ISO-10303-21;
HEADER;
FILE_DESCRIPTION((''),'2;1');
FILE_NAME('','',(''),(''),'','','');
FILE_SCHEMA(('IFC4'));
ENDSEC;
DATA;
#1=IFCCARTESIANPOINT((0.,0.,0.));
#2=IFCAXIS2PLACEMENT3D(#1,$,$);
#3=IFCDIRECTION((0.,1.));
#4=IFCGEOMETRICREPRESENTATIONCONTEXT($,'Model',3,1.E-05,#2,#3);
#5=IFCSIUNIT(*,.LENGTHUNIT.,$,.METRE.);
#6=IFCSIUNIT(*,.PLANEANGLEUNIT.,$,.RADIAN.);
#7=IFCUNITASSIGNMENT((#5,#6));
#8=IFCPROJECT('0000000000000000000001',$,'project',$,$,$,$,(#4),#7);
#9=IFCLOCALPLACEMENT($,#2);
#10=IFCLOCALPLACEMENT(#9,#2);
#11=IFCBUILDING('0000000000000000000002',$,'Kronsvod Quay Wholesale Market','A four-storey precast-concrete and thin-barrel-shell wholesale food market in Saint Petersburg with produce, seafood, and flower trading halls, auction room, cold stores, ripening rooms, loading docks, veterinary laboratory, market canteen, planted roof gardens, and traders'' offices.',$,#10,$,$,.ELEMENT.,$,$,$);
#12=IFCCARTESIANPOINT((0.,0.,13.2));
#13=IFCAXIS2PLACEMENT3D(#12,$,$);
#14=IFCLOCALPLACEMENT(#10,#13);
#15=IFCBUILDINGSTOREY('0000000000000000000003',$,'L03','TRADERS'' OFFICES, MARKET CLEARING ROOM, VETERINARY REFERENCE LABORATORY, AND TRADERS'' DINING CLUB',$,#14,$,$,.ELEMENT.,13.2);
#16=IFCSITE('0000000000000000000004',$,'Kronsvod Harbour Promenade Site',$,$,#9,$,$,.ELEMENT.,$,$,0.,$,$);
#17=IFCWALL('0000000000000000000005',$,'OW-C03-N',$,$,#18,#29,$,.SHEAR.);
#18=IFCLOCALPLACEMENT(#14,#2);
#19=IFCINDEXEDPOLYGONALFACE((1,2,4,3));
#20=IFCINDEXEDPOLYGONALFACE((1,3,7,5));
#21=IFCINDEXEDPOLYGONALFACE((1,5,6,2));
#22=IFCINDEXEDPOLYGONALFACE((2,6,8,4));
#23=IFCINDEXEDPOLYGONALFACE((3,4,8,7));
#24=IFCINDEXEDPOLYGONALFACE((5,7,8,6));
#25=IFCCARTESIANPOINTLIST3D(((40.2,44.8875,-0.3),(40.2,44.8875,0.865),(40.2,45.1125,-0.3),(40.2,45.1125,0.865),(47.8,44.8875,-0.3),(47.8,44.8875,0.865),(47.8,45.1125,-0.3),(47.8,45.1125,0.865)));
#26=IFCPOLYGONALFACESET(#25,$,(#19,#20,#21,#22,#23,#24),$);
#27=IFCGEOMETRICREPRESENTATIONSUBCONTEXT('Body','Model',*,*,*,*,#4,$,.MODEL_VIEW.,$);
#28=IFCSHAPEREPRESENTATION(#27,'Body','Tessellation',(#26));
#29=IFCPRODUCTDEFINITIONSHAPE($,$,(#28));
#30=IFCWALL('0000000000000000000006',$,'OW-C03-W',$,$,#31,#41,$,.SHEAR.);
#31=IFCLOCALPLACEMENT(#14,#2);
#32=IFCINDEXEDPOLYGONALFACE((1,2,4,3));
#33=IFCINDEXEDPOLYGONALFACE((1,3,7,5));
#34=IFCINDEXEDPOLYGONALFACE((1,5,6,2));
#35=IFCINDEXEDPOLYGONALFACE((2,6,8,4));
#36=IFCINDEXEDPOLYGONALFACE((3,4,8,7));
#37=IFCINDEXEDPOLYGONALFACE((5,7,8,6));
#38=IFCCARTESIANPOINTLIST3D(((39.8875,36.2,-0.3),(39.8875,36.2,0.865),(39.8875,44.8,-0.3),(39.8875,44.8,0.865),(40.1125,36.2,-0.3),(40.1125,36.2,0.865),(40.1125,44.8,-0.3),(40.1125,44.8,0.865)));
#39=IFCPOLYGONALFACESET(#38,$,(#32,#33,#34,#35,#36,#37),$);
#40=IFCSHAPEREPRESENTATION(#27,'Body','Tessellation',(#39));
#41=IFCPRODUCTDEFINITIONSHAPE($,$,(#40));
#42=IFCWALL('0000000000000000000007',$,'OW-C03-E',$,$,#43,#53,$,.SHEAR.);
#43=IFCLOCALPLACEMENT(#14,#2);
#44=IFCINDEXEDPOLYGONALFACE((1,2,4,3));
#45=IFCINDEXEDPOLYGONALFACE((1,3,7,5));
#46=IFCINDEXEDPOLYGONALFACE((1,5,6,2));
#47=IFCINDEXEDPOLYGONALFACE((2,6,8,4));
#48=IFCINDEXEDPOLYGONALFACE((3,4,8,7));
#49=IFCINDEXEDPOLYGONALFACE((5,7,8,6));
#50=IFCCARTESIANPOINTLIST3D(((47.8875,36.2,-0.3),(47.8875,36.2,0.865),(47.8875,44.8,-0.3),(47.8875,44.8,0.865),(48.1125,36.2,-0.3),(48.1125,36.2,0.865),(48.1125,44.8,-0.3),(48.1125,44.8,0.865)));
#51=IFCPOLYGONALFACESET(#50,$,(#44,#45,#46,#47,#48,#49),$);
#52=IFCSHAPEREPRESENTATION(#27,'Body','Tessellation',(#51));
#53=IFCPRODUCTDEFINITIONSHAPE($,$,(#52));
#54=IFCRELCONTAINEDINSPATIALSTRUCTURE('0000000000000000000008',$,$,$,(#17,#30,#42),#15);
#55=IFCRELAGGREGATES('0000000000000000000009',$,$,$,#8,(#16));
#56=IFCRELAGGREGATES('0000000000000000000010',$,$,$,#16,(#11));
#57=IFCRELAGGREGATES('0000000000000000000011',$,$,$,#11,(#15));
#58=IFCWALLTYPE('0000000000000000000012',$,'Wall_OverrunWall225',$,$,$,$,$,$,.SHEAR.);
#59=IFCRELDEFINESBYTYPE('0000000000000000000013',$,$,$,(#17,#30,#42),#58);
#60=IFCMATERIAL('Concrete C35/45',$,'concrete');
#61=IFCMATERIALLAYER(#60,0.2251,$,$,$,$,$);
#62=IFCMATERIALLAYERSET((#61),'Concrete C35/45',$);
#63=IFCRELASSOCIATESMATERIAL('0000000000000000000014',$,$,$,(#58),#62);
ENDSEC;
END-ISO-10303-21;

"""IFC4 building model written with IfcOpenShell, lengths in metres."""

from ifc_helpers import new_model, si_unit, direction, frame, frame_2d, origin, place, context, subcontext, project, spatial, rectangle, extrude, material, layer, layer_set, type_object, element, save


model = new_model("IFC4")

# Units and contexts
model_context = context("Model", 3, precision=1e-05, world=origin(), true_north=direction((0.0, 1.0)))
body_context = subcontext(model_context, "Body", "Model", "MODEL_VIEW")
ifc_project = project(units=[si_unit("LENGTHUNIT", "METRE"), si_unit("PLANEANGLEUNIT", "RADIAN")], contexts=[model_context])

# Site, building, storey
site_placement = place(None, origin())
site = spatial("IfcSite", under=ifc_project, at=site_placement, Name="Kronsvod Harbour Promenade Site", CompositionType="ELEMENT", RefElevation=0.0)
building_placement = place(site_placement, origin())
building = spatial("IfcBuilding", under=site, at=building_placement, Name="Kronsvod Quay Wholesale Market", Description="A four-storey precast-concrete and thin-barrel-shell wholesale food market in Saint Petersburg with produce, seafood, and flower trading halls, auction room, cold stores, ripening rooms, loading docks, veterinary laboratory, market canteen, planted roof gardens, and traders' offices.", CompositionType="ELEMENT")
storey_placement = place(building_placement, frame((0.0, 0.0, 13.2)))
storey = spatial("IfcBuildingStorey", under=building, at=storey_placement, Name="L03", Description="TRADERS' OFFICES, MARKET CLEARING ROOM, VETERINARY REFERENCE LABORATORY, AND TRADERS' DINING CLUB", CompositionType="ELEMENT", Elevation=13.2)

# Walls
ifc_material_1 = material(Name="Concrete C35/45", Category="concrete")
ifc_layer_1 = layer(ifc_material_1, 0.2251)
ifc_layer_set_1 = layer_set([ifc_layer_1], Name="Concrete C35/45")
wall_type = type_object("IfcWallType", Name="Wall_OverrunWall225", PredefinedType="SHEAR", material=ifc_layer_set_1)
for number, where, z_axis, x_axis, name in (
    (1, (40.2, 45.0, -0.3), (0.0, 0.0, 1.0), (1.0, 0.0, 0.0), "OW-C03-N"),
):
    element("IfcWall", number, at=place(storey_placement, frame(where, z_axis=z_axis, x_axis=x_axis)), inside=storey, type_object=wall_type, Name=name, PredefinedType="SHEAR", context=body_context, shape_type="SweptSolid", body=[
        extrude(rectangle(XDim=7.6001, YDim=0.2251, at=frame_2d((3.8, 0.0))), origin(), (0.0, 0.0, 1.0), 1.165),
    ])
for number, where, z_axis, x_axis, name in (
    (2, (40.0, 36.2, -0.3), (0.0, 0.0, 1.0), (0.0, 1.0, 0.0), "OW-C03-W"),
    (3, (48.0, 36.2, -0.3), (0.0, 0.0, 1.0), (0.0, 1.0, 0.0), "OW-C03-E"),
):
    element("IfcWall", number, at=place(storey_placement, frame(where, z_axis=z_axis, x_axis=x_axis)), inside=storey, type_object=wall_type, Name=name, PredefinedType="SHEAR", context=body_context, shape_type="SweptSolid", body=[
        extrude(rectangle(XDim=8.6001, YDim=0.2251, at=frame_2d((4.3, 0.0))), origin(), (0.0, 0.0, 1.0), 1.165),
    ])

save(model, "model.ifc")
